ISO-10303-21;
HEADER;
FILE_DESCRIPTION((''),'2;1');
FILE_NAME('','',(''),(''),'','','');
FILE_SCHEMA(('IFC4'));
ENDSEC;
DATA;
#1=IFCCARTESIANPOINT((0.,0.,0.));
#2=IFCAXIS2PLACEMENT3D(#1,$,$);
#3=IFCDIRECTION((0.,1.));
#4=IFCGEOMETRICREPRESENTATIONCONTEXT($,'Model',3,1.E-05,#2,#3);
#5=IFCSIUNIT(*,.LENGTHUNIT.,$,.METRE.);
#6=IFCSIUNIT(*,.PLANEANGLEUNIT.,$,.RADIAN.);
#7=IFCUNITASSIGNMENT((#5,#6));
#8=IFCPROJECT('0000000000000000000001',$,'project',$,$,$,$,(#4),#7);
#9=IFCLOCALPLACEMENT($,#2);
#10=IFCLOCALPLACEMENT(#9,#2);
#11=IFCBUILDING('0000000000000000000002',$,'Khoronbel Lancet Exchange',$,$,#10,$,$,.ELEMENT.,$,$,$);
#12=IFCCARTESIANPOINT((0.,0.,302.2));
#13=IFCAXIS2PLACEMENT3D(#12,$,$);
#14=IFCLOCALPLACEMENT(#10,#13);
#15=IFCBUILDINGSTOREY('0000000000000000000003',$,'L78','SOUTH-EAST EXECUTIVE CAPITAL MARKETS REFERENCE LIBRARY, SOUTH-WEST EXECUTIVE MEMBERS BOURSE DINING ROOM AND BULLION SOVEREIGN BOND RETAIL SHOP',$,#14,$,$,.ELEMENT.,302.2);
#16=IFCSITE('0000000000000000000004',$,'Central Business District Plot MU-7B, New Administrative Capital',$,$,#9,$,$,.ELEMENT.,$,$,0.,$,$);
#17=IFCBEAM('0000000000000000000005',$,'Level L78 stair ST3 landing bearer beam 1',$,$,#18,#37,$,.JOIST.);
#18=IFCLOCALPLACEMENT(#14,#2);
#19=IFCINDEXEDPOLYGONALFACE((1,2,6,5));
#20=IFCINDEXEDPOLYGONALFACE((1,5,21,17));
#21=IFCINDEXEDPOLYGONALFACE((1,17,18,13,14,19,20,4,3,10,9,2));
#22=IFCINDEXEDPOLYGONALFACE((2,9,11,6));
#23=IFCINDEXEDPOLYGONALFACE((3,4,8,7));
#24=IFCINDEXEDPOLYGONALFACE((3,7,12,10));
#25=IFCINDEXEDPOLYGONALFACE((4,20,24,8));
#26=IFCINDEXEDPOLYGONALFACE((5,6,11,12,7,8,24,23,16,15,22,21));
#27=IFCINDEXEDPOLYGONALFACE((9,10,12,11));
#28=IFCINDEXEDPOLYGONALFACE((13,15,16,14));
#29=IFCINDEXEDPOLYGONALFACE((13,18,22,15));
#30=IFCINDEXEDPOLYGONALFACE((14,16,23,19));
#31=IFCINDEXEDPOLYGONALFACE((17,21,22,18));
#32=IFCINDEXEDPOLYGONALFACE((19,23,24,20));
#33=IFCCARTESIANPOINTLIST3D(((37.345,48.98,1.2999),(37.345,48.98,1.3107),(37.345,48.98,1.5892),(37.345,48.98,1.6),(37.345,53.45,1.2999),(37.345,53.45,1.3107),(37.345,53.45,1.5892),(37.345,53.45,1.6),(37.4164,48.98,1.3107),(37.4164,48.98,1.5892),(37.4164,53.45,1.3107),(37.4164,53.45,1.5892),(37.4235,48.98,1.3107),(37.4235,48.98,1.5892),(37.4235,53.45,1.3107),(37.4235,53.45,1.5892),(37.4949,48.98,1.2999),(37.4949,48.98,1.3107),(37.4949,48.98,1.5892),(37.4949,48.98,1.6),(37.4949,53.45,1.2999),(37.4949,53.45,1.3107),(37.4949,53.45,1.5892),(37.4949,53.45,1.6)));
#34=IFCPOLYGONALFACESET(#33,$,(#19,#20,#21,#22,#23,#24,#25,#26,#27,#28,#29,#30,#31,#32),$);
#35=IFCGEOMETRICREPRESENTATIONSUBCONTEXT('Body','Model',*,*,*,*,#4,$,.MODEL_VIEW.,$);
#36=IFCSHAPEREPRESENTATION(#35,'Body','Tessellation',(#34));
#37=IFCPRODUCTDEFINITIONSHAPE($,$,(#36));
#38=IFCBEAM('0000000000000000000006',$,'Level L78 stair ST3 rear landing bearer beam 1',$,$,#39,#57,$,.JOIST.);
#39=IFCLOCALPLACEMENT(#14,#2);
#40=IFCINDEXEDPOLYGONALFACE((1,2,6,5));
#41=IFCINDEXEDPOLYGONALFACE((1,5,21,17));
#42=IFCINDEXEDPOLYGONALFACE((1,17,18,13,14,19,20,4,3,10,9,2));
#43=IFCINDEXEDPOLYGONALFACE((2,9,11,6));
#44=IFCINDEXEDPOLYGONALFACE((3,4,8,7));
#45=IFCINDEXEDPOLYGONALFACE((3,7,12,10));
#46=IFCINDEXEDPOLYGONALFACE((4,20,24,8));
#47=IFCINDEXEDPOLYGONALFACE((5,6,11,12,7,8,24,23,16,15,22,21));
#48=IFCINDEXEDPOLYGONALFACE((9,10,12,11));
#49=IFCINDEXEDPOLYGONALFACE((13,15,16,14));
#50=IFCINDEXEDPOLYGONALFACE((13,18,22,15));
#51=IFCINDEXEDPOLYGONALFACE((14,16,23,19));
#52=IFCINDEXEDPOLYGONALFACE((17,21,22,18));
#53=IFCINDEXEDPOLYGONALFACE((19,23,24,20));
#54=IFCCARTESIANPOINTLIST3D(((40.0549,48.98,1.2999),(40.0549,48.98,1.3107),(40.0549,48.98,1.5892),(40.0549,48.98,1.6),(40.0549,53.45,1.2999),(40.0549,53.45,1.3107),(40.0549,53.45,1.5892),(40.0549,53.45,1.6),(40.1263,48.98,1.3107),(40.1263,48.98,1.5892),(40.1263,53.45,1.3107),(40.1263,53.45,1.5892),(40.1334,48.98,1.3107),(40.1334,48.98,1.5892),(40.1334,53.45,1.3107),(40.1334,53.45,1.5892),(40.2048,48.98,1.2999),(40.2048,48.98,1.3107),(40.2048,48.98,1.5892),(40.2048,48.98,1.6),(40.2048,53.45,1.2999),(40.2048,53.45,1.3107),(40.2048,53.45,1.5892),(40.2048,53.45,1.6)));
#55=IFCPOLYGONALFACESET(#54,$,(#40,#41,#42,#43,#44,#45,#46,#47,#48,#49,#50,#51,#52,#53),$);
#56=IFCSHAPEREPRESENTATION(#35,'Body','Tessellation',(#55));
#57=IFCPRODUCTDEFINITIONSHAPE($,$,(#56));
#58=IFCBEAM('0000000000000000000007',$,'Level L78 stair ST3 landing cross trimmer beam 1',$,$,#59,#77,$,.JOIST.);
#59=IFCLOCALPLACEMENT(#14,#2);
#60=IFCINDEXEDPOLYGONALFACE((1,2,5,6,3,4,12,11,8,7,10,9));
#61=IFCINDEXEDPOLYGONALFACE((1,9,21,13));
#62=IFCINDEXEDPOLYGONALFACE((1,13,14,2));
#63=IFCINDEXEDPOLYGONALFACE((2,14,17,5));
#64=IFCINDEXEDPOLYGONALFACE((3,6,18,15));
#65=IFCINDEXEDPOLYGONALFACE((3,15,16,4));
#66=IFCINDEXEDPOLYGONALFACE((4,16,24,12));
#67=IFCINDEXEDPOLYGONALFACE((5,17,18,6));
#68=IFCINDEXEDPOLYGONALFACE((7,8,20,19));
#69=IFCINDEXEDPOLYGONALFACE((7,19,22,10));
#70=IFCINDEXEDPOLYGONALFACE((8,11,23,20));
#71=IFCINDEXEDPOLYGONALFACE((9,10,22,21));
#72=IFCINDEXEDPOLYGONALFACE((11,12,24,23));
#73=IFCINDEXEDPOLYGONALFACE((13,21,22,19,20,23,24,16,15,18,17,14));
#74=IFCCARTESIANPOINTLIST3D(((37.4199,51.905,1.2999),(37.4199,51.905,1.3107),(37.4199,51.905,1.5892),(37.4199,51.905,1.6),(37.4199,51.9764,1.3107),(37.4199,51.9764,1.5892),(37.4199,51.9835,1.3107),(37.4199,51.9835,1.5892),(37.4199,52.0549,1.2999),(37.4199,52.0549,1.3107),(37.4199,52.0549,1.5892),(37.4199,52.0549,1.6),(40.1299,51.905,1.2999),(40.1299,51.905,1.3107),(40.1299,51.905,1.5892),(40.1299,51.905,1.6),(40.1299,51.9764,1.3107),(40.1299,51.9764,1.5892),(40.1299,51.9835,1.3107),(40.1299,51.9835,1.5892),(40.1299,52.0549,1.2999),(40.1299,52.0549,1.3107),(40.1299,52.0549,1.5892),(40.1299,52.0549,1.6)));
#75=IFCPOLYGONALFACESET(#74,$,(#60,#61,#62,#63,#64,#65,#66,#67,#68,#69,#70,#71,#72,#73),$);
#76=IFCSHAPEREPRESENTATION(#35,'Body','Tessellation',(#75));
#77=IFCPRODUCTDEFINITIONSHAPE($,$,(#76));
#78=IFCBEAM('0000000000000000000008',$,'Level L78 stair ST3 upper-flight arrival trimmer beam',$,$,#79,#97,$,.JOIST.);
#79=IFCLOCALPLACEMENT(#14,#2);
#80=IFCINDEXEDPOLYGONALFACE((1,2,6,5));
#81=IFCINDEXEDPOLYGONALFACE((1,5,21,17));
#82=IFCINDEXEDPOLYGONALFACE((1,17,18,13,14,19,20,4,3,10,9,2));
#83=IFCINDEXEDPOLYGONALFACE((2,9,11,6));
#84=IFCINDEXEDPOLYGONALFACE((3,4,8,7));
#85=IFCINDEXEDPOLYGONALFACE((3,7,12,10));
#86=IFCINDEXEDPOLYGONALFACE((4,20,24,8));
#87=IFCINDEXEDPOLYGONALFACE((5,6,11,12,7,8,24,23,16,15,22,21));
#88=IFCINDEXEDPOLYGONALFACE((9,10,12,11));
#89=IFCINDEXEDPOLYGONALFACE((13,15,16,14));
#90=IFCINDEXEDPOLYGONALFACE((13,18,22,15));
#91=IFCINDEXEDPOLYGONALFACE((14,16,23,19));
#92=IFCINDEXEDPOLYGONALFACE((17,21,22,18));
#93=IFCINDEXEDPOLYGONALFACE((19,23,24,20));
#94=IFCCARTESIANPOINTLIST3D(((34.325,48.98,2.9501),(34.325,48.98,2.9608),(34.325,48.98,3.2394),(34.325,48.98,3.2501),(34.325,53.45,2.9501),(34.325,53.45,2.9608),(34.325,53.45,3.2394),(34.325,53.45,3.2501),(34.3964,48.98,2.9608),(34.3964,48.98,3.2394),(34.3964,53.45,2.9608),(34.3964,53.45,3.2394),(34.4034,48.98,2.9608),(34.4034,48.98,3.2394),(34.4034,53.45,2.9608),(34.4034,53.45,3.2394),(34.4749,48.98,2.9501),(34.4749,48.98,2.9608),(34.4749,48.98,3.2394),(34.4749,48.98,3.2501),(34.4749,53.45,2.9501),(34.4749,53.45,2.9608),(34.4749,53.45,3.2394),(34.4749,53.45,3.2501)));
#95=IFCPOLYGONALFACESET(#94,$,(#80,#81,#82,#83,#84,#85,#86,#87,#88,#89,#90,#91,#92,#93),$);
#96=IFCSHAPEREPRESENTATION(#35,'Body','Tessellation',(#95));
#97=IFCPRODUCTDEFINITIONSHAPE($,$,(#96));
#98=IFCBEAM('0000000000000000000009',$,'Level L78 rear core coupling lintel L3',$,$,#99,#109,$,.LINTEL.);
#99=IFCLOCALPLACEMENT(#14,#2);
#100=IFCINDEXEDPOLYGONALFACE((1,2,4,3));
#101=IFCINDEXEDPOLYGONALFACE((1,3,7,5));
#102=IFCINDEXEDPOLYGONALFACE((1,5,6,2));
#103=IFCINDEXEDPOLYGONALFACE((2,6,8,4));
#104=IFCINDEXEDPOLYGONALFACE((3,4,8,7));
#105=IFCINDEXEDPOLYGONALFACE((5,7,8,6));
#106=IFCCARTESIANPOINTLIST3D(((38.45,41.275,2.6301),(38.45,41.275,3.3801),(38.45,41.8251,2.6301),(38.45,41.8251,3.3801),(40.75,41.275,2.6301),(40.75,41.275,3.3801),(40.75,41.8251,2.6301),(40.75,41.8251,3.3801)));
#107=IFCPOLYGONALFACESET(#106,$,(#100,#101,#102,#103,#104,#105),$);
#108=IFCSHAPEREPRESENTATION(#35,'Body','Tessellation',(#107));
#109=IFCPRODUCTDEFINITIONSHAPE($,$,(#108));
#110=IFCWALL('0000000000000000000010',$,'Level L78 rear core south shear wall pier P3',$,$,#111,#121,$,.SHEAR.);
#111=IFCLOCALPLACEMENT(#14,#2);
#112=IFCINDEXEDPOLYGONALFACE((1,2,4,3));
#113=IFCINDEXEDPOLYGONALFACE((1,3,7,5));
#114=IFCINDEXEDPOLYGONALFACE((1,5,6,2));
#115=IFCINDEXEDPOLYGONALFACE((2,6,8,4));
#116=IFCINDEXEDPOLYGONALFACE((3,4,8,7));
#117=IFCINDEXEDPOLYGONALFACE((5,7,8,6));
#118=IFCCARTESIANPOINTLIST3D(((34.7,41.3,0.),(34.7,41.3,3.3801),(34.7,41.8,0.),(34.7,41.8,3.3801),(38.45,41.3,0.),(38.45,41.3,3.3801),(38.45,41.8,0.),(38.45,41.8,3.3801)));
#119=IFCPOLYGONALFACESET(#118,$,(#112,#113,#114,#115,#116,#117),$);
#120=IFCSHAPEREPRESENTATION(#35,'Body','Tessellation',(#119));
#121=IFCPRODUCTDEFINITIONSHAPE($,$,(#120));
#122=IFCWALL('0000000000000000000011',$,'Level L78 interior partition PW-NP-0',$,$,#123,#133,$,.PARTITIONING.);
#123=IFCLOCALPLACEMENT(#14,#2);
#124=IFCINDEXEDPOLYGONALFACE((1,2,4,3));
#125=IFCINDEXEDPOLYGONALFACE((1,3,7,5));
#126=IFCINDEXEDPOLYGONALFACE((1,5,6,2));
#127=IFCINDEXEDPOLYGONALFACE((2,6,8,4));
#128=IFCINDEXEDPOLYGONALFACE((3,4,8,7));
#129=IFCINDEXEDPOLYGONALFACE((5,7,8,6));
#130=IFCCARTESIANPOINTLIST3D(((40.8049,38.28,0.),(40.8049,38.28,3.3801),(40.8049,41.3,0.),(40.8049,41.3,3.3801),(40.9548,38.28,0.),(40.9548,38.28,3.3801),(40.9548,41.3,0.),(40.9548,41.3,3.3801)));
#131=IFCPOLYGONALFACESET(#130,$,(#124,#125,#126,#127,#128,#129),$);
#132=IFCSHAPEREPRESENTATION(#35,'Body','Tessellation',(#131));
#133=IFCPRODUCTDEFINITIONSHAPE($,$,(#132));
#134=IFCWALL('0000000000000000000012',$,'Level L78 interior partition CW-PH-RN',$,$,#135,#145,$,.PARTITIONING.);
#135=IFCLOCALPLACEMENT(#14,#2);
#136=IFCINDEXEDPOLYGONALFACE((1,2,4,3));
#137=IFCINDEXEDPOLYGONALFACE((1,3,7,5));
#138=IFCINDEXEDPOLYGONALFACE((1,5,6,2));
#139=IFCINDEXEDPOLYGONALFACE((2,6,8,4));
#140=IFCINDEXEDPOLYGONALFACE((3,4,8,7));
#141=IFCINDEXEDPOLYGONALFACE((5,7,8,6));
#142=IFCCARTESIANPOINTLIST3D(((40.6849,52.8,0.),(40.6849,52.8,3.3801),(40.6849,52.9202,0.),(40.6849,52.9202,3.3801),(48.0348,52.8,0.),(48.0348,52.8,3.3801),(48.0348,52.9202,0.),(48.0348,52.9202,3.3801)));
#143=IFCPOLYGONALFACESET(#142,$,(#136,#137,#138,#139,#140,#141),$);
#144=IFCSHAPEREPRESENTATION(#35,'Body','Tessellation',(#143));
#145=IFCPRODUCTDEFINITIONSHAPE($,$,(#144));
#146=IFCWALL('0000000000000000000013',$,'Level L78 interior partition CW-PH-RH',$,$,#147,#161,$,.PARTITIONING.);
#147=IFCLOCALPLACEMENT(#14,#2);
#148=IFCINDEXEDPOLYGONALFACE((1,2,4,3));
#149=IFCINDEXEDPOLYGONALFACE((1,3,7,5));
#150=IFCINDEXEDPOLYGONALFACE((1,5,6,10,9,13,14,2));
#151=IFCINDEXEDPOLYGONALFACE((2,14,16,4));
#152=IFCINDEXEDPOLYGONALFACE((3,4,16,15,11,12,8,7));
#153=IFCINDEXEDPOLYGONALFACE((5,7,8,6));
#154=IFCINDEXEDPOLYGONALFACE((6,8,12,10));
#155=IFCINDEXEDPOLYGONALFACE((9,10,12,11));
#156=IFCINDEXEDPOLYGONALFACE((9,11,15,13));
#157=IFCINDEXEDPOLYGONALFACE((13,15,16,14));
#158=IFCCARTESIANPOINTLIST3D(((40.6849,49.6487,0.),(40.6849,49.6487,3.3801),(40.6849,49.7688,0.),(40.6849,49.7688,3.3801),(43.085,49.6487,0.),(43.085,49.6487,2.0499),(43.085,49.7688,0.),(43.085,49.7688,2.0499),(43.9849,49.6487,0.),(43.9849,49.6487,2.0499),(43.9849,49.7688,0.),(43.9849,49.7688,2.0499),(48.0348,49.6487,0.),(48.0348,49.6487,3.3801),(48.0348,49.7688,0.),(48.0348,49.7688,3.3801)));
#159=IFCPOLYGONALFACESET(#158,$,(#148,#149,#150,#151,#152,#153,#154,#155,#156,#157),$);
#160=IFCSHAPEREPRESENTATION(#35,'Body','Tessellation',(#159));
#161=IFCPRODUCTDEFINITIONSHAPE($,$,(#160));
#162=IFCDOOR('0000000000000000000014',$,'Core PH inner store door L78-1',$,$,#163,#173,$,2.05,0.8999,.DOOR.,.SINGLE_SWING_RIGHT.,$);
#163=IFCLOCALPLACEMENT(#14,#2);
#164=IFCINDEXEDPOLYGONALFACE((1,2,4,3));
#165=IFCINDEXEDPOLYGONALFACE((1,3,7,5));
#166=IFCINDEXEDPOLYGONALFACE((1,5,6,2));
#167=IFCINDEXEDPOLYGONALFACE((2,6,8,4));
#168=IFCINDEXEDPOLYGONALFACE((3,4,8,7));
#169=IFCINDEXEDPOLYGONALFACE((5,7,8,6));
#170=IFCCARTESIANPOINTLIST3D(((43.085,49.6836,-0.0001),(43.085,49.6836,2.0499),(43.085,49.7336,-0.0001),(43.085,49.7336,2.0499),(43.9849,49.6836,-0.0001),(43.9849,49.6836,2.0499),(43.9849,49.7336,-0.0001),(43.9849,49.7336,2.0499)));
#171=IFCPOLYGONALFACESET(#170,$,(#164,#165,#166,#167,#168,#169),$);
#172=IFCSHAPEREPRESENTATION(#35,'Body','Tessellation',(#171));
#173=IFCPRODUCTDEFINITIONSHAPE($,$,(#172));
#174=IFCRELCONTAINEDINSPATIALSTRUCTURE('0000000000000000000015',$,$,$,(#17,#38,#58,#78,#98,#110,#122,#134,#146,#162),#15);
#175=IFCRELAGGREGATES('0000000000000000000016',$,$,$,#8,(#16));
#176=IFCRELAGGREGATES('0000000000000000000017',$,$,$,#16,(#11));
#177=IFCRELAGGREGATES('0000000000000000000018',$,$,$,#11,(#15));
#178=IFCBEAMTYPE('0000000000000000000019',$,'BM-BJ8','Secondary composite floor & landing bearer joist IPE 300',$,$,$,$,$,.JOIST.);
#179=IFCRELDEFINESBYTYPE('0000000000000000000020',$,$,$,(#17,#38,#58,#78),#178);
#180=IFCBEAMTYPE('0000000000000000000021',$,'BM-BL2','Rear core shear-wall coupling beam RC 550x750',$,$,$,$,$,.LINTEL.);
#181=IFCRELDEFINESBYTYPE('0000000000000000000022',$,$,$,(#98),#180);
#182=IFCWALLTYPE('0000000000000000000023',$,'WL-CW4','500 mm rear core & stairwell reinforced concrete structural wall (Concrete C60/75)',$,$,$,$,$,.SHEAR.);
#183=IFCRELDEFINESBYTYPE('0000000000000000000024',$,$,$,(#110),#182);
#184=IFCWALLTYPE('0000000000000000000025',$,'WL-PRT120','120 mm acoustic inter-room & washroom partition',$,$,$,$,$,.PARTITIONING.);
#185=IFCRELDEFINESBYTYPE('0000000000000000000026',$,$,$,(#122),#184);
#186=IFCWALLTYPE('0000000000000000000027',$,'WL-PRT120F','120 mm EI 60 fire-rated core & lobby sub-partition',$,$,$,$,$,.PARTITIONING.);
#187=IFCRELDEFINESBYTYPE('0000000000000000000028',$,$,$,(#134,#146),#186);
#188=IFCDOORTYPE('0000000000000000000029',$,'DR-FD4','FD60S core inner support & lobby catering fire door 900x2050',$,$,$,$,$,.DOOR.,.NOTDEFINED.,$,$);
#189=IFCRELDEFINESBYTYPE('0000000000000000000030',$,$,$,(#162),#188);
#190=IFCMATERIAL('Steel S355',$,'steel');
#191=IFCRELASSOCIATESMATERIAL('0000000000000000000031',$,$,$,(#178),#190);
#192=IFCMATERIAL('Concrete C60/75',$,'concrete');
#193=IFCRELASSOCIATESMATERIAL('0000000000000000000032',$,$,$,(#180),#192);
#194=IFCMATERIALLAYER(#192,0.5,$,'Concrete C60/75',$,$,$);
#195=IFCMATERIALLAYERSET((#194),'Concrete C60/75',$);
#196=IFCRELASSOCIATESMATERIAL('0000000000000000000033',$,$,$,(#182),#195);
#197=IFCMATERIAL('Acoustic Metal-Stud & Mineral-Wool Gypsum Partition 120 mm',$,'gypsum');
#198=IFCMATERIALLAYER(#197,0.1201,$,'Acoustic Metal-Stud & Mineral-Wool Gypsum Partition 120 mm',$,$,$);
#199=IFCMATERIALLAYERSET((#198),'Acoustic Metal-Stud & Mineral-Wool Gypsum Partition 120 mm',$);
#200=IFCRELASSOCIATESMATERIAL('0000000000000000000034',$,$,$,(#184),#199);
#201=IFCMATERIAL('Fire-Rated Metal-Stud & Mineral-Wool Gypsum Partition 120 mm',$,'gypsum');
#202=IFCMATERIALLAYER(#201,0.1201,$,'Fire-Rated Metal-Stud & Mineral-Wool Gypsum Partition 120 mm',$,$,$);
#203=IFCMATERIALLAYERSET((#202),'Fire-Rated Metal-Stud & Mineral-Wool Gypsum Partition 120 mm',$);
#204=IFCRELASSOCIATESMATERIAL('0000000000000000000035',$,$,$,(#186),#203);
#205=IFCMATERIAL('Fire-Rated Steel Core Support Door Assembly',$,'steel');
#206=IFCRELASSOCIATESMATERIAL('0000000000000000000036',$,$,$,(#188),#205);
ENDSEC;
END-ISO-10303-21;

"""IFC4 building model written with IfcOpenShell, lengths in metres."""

from ifc_helpers import new_model, si_unit, direction, frame, frame_2d, origin, origin_2d, place, context, subcontext, project, spatial, rectangle, i_section, extrude, material, layer, layer_set, material_profile, profile_set, type_object, element, fill, save


model = new_model("IFC4")

# Units and contexts
model_context = context("Model", 3, precision=1e-05, world=origin(), true_north=direction((0.0, 1.0)))
body_context = subcontext(model_context, "Body", "Model", "MODEL_VIEW")
ifc_project = project(units=[si_unit("LENGTHUNIT", "METRE"), si_unit("PLANEANGLEUNIT", "RADIAN")], contexts=[model_context])

# Site, building, storey
site_placement = place(None, origin())
site = spatial("IfcSite", under=ifc_project, at=site_placement, Name="Central Business District Plot MU-7B, New Administrative Capital", CompositionType="ELEMENT", RefElevation=0.0)
building_placement = place(site_placement, origin())
building = spatial("IfcBuilding", under=site, at=building_placement, Name="Khoronbel Lancet Exchange", CompositionType="ELEMENT")
storey_placement = place(building_placement, frame((0.0, 0.0, 302.2)))
storey = spatial("IfcBuildingStorey", under=building, at=storey_placement, Name="L78", Description="SOUTH-EAST EXECUTIVE CAPITAL MARKETS REFERENCE LIBRARY, SOUTH-WEST EXECUTIVE MEMBERS BOURSE DINING ROOM AND BULLION SOVEREIGN BOND RETAIL SHOP", CompositionType="ELEMENT", Elevation=302.2)

# Beams
ifc_material_1 = material(Name="Steel S355", Category="steel")
ifc_material_profile_1 = material_profile(ifc_material_1, i_section(OverallWidth=0.1499, OverallDepth=0.3, WebThickness=0.0071, FlangeThickness=0.0107, at=origin_2d()), Name="IPE 300")
ifc_profile_set_1 = profile_set([ifc_material_profile_1], Name="Steel S355")
beam_type_1 = type_object("IfcBeamType", Name="BM-BJ8", Description="Secondary composite floor & landing bearer joist IPE 300", PredefinedType="JOIST", material=ifc_profile_set_1)
for number, where, z_axis, x_axis, name in (
    (1, (37.4199, 48.98, 1.45), (0.0, 1.0, 0.0), (-1.0, 0.0, 0.0), "Level L78 stair ST3 landing bearer beam 1"),
    (2, (40.1299, 48.98, 1.45), (0.0, 1.0, 0.0), (-1.0, 0.0, 0.0), "Level L78 stair ST3 rear landing bearer beam 1"),
):
    element("IfcBeam", number, at=place(storey_placement, frame(where, z_axis=z_axis, x_axis=x_axis)), inside=storey, type_object=beam_type_1, Name=name, PredefinedType="JOIST", context=body_context, shape_type="SweptSolid", body=[
        extrude(i_section(OverallWidth=0.1499, OverallDepth=0.3, WebThickness=0.0071, FlangeThickness=0.0107, at=origin_2d()), origin(), (0.0, 0.0, 1.0), 4.47),
    ])
beam_1_placement = place(storey_placement, frame((37.4199, 51.98, 1.45), z_axis=(1.0, 0.0, 0.0), x_axis=(0.0, 1.0, 0.0)))
element("IfcBeam", 3, at=beam_1_placement, inside=storey, type_object=beam_type_1, Name="Level L78 stair ST3 landing cross trimmer beam 1", PredefinedType="JOIST", context=body_context, shape_type="SweptSolid", body=[
    extrude(i_section(OverallWidth=0.1499, OverallDepth=0.3, WebThickness=0.0071, FlangeThickness=0.0107, at=origin_2d()), origin(), (0.0, 0.0, 1.0), 2.71),
])
beam_2_placement = place(storey_placement, frame((34.3999, 48.98, 3.1001), z_axis=(0.0, 1.0, 0.0), x_axis=(-1.0, 0.0, 0.0)))
element("IfcBeam", 4, at=beam_2_placement, inside=storey, type_object=beam_type_1, Name="Level L78 stair ST3 upper-flight arrival trimmer beam", PredefinedType="JOIST", context=body_context, shape_type="SweptSolid", body=[
    extrude(i_section(OverallWidth=0.1499, OverallDepth=0.3, WebThickness=0.0071, FlangeThickness=0.0107, at=origin_2d()), origin(), (0.0, 0.0, 1.0), 4.47),
])
ifc_material_2 = material(Name="Concrete C60/75", Category="concrete")
ifc_material_profile_2 = material_profile(ifc_material_2, rectangle(XDim=0.55, YDim=0.75, at=origin_2d()), Name="RC 550x750")
ifc_profile_set_2 = profile_set([ifc_material_profile_2], Name="Concrete C60/75")
beam_type_2 = type_object("IfcBeamType", Name="BM-BL2", Description="Rear core shear-wall coupling beam RC 550x750", PredefinedType="LINTEL", material=ifc_profile_set_2)
beam_3_placement = place(storey_placement, frame((38.45, 41.55, 3.0051), z_axis=(1.0, 0.0, 0.0), x_axis=(0.0, 1.0, 0.0)))
element("IfcBeam", 5, at=beam_3_placement, inside=storey, type_object=beam_type_2, Name="Level L78 rear core coupling lintel L3", PredefinedType="LINTEL", context=body_context, shape_type="SweptSolid", body=[
    extrude(rectangle(XDim=0.55, YDim=0.75, at=origin_2d()), origin(), (0.0, 0.0, 1.0), 2.3),
])

# Walls
ifc_layer_1 = layer(ifc_material_2, 0.5, Name="Concrete C60/75")
ifc_layer_set_1 = layer_set([ifc_layer_1], Name="Concrete C60/75")
wall_type_1 = type_object("IfcWallType", Name="WL-CW4", Description="500 mm rear core & stairwell reinforced concrete structural wall (Concrete C60/75)", PredefinedType="SHEAR", material=ifc_layer_set_1)
wall_1_placement = place(storey_placement, frame((38.45, 41.55, 0.0), z_axis=(0.0, 0.0, 1.0), x_axis=(-1.0, 0.0, 0.0)))
element("IfcWall", 6, at=wall_1_placement, inside=storey, type_object=wall_type_1, Name="Level L78 rear core south shear wall pier P3", PredefinedType="SHEAR", context=body_context, shape_type="SweptSolid", body=[
    extrude(rectangle(XDim=3.75, YDim=0.5, at=frame_2d((1.875, 0.0))), origin(), (0.0, 0.0, 1.0), 3.3801),
])
ifc_material_3 = material(Name="Acoustic Metal-Stud & Mineral-Wool Gypsum Partition 120 mm", Category="gypsum")
ifc_layer_2 = layer(ifc_material_3, 0.1201, Name="Acoustic Metal-Stud & Mineral-Wool Gypsum Partition 120 mm")
ifc_layer_set_2 = layer_set([ifc_layer_2], Name="Acoustic Metal-Stud & Mineral-Wool Gypsum Partition 120 mm")
wall_type_2 = type_object("IfcWallType", Name="WL-PRT120", Description="120 mm acoustic inter-room & washroom partition", PredefinedType="PARTITIONING", material=ifc_layer_set_2)
wall_2_placement = place(storey_placement, frame((40.8799, 38.28, 0.0), z_axis=(0.0, 0.0, 1.0), x_axis=(0.0, 1.0, 0.0)))
element("IfcWall", 7, at=wall_2_placement, inside=storey, type_object=wall_type_2, Name="Level L78 interior partition PW-NP-0", PredefinedType="PARTITIONING", context=body_context, shape_type="SweptSolid", body=[
    extrude(rectangle(XDim=3.02, YDim=0.1499, at=frame_2d((1.51, 0.0))), origin(), (0.0, 0.0, 1.0), 3.3801),
])
ifc_material_4 = material(Name="Fire-Rated Metal-Stud & Mineral-Wool Gypsum Partition 120 mm", Category="gypsum")
ifc_layer_3 = layer(ifc_material_4, 0.1201, Name="Fire-Rated Metal-Stud & Mineral-Wool Gypsum Partition 120 mm")
ifc_layer_set_3 = layer_set([ifc_layer_3], Name="Fire-Rated Metal-Stud & Mineral-Wool Gypsum Partition 120 mm")
wall_type_3 = type_object("IfcWallType", Name="WL-PRT120F", Description="120 mm EI 60 fire-rated core & lobby sub-partition", PredefinedType="PARTITIONING", material=ifc_layer_set_3)
wall_3_placement = place(storey_placement, frame((40.6851, 52.8601, 0.0), z_axis=(0.0, 0.0, 1.0), x_axis=(1.0, 0.0, 0.0)))
element("IfcWall", 8, at=wall_3_placement, inside=storey, type_object=wall_type_3, Name="Level L78 interior partition CW-PH-RN", PredefinedType="PARTITIONING", context=body_context, shape_type="SweptSolid", body=[
    extrude(rectangle(XDim=7.3499, YDim=0.1201, at=frame_2d((3.6748, 0.0))), origin(), (0.0, 0.0, 1.0), 3.3801),
])

# Wall, opening, door
wall_4_placement = place(storey_placement, frame((40.6851, 49.7087, 0.0), z_axis=(0.0, 0.0, 1.0), x_axis=(1.0, 0.0, 0.0)))
wall_4 = element("IfcWall", 9, at=wall_4_placement, inside=storey, type_object=wall_type_3, Name="Level L78 interior partition CW-PH-RH", PredefinedType="PARTITIONING", context=body_context, shape_type="SweptSolid", body=[
    extrude(rectangle(XDim=7.3499, YDim=0.1201, at=frame_2d((3.6748, 0.0))), origin(), (0.0, 0.0, 1.0), 3.3801),
])
opening_1_placement = place(wall_4_placement, frame((2.3999, 0.0, 0.0)))
opening_1 = element("IfcOpeningElement", 10, at=opening_1_placement, cuts=wall_4, PredefinedType="OPENING", context=body_context, shape_type="SweptSolid", body=[
    extrude(rectangle(XDim=0.8999, YDim=2.05, at=frame_2d((0.45, 1.0249))), frame((0.0, 0.0701, 0.0), z_axis=(0.0, -1.0, 0.0), x_axis=(1.0, 0.0, 0.0)), (0.0, 0.0, 1.0), 0.1401),
])
ifc_material_5 = material(Name="Fire-Rated Steel Core Support Door Assembly", Category="steel")
door_type_1 = type_object("IfcDoorType", Name="DR-FD4", Description="FD60S core inner support & lobby catering fire door 900x2050", OperationType="NOTDEFINED", PredefinedType="DOOR", material=ifc_material_5)
door_1_placement = place(opening_1_placement, origin())
door_1 = element("IfcDoor", 11, at=door_1_placement, inside=storey, type_object=door_type_1, Name="Core PH inner store door L78-1", OperationType="SINGLE_SWING_RIGHT", OverallHeight=2.05, OverallWidth=0.8999, PredefinedType="DOOR", context=body_context, shape_type="SweptSolid", body=[
    extrude(rectangle(XDim=0.8999, YDim=2.05, at=frame_2d((0.45, 1.0249))), frame((0.0, 0.0249, 0.0), z_axis=(0.0, -1.0, 0.0), x_axis=(1.0, 0.0, 0.0)), (0.0, 0.0, 1.0), 0.05),
])
fill(opening_1, door_1)

save(model, "model.ifc")
